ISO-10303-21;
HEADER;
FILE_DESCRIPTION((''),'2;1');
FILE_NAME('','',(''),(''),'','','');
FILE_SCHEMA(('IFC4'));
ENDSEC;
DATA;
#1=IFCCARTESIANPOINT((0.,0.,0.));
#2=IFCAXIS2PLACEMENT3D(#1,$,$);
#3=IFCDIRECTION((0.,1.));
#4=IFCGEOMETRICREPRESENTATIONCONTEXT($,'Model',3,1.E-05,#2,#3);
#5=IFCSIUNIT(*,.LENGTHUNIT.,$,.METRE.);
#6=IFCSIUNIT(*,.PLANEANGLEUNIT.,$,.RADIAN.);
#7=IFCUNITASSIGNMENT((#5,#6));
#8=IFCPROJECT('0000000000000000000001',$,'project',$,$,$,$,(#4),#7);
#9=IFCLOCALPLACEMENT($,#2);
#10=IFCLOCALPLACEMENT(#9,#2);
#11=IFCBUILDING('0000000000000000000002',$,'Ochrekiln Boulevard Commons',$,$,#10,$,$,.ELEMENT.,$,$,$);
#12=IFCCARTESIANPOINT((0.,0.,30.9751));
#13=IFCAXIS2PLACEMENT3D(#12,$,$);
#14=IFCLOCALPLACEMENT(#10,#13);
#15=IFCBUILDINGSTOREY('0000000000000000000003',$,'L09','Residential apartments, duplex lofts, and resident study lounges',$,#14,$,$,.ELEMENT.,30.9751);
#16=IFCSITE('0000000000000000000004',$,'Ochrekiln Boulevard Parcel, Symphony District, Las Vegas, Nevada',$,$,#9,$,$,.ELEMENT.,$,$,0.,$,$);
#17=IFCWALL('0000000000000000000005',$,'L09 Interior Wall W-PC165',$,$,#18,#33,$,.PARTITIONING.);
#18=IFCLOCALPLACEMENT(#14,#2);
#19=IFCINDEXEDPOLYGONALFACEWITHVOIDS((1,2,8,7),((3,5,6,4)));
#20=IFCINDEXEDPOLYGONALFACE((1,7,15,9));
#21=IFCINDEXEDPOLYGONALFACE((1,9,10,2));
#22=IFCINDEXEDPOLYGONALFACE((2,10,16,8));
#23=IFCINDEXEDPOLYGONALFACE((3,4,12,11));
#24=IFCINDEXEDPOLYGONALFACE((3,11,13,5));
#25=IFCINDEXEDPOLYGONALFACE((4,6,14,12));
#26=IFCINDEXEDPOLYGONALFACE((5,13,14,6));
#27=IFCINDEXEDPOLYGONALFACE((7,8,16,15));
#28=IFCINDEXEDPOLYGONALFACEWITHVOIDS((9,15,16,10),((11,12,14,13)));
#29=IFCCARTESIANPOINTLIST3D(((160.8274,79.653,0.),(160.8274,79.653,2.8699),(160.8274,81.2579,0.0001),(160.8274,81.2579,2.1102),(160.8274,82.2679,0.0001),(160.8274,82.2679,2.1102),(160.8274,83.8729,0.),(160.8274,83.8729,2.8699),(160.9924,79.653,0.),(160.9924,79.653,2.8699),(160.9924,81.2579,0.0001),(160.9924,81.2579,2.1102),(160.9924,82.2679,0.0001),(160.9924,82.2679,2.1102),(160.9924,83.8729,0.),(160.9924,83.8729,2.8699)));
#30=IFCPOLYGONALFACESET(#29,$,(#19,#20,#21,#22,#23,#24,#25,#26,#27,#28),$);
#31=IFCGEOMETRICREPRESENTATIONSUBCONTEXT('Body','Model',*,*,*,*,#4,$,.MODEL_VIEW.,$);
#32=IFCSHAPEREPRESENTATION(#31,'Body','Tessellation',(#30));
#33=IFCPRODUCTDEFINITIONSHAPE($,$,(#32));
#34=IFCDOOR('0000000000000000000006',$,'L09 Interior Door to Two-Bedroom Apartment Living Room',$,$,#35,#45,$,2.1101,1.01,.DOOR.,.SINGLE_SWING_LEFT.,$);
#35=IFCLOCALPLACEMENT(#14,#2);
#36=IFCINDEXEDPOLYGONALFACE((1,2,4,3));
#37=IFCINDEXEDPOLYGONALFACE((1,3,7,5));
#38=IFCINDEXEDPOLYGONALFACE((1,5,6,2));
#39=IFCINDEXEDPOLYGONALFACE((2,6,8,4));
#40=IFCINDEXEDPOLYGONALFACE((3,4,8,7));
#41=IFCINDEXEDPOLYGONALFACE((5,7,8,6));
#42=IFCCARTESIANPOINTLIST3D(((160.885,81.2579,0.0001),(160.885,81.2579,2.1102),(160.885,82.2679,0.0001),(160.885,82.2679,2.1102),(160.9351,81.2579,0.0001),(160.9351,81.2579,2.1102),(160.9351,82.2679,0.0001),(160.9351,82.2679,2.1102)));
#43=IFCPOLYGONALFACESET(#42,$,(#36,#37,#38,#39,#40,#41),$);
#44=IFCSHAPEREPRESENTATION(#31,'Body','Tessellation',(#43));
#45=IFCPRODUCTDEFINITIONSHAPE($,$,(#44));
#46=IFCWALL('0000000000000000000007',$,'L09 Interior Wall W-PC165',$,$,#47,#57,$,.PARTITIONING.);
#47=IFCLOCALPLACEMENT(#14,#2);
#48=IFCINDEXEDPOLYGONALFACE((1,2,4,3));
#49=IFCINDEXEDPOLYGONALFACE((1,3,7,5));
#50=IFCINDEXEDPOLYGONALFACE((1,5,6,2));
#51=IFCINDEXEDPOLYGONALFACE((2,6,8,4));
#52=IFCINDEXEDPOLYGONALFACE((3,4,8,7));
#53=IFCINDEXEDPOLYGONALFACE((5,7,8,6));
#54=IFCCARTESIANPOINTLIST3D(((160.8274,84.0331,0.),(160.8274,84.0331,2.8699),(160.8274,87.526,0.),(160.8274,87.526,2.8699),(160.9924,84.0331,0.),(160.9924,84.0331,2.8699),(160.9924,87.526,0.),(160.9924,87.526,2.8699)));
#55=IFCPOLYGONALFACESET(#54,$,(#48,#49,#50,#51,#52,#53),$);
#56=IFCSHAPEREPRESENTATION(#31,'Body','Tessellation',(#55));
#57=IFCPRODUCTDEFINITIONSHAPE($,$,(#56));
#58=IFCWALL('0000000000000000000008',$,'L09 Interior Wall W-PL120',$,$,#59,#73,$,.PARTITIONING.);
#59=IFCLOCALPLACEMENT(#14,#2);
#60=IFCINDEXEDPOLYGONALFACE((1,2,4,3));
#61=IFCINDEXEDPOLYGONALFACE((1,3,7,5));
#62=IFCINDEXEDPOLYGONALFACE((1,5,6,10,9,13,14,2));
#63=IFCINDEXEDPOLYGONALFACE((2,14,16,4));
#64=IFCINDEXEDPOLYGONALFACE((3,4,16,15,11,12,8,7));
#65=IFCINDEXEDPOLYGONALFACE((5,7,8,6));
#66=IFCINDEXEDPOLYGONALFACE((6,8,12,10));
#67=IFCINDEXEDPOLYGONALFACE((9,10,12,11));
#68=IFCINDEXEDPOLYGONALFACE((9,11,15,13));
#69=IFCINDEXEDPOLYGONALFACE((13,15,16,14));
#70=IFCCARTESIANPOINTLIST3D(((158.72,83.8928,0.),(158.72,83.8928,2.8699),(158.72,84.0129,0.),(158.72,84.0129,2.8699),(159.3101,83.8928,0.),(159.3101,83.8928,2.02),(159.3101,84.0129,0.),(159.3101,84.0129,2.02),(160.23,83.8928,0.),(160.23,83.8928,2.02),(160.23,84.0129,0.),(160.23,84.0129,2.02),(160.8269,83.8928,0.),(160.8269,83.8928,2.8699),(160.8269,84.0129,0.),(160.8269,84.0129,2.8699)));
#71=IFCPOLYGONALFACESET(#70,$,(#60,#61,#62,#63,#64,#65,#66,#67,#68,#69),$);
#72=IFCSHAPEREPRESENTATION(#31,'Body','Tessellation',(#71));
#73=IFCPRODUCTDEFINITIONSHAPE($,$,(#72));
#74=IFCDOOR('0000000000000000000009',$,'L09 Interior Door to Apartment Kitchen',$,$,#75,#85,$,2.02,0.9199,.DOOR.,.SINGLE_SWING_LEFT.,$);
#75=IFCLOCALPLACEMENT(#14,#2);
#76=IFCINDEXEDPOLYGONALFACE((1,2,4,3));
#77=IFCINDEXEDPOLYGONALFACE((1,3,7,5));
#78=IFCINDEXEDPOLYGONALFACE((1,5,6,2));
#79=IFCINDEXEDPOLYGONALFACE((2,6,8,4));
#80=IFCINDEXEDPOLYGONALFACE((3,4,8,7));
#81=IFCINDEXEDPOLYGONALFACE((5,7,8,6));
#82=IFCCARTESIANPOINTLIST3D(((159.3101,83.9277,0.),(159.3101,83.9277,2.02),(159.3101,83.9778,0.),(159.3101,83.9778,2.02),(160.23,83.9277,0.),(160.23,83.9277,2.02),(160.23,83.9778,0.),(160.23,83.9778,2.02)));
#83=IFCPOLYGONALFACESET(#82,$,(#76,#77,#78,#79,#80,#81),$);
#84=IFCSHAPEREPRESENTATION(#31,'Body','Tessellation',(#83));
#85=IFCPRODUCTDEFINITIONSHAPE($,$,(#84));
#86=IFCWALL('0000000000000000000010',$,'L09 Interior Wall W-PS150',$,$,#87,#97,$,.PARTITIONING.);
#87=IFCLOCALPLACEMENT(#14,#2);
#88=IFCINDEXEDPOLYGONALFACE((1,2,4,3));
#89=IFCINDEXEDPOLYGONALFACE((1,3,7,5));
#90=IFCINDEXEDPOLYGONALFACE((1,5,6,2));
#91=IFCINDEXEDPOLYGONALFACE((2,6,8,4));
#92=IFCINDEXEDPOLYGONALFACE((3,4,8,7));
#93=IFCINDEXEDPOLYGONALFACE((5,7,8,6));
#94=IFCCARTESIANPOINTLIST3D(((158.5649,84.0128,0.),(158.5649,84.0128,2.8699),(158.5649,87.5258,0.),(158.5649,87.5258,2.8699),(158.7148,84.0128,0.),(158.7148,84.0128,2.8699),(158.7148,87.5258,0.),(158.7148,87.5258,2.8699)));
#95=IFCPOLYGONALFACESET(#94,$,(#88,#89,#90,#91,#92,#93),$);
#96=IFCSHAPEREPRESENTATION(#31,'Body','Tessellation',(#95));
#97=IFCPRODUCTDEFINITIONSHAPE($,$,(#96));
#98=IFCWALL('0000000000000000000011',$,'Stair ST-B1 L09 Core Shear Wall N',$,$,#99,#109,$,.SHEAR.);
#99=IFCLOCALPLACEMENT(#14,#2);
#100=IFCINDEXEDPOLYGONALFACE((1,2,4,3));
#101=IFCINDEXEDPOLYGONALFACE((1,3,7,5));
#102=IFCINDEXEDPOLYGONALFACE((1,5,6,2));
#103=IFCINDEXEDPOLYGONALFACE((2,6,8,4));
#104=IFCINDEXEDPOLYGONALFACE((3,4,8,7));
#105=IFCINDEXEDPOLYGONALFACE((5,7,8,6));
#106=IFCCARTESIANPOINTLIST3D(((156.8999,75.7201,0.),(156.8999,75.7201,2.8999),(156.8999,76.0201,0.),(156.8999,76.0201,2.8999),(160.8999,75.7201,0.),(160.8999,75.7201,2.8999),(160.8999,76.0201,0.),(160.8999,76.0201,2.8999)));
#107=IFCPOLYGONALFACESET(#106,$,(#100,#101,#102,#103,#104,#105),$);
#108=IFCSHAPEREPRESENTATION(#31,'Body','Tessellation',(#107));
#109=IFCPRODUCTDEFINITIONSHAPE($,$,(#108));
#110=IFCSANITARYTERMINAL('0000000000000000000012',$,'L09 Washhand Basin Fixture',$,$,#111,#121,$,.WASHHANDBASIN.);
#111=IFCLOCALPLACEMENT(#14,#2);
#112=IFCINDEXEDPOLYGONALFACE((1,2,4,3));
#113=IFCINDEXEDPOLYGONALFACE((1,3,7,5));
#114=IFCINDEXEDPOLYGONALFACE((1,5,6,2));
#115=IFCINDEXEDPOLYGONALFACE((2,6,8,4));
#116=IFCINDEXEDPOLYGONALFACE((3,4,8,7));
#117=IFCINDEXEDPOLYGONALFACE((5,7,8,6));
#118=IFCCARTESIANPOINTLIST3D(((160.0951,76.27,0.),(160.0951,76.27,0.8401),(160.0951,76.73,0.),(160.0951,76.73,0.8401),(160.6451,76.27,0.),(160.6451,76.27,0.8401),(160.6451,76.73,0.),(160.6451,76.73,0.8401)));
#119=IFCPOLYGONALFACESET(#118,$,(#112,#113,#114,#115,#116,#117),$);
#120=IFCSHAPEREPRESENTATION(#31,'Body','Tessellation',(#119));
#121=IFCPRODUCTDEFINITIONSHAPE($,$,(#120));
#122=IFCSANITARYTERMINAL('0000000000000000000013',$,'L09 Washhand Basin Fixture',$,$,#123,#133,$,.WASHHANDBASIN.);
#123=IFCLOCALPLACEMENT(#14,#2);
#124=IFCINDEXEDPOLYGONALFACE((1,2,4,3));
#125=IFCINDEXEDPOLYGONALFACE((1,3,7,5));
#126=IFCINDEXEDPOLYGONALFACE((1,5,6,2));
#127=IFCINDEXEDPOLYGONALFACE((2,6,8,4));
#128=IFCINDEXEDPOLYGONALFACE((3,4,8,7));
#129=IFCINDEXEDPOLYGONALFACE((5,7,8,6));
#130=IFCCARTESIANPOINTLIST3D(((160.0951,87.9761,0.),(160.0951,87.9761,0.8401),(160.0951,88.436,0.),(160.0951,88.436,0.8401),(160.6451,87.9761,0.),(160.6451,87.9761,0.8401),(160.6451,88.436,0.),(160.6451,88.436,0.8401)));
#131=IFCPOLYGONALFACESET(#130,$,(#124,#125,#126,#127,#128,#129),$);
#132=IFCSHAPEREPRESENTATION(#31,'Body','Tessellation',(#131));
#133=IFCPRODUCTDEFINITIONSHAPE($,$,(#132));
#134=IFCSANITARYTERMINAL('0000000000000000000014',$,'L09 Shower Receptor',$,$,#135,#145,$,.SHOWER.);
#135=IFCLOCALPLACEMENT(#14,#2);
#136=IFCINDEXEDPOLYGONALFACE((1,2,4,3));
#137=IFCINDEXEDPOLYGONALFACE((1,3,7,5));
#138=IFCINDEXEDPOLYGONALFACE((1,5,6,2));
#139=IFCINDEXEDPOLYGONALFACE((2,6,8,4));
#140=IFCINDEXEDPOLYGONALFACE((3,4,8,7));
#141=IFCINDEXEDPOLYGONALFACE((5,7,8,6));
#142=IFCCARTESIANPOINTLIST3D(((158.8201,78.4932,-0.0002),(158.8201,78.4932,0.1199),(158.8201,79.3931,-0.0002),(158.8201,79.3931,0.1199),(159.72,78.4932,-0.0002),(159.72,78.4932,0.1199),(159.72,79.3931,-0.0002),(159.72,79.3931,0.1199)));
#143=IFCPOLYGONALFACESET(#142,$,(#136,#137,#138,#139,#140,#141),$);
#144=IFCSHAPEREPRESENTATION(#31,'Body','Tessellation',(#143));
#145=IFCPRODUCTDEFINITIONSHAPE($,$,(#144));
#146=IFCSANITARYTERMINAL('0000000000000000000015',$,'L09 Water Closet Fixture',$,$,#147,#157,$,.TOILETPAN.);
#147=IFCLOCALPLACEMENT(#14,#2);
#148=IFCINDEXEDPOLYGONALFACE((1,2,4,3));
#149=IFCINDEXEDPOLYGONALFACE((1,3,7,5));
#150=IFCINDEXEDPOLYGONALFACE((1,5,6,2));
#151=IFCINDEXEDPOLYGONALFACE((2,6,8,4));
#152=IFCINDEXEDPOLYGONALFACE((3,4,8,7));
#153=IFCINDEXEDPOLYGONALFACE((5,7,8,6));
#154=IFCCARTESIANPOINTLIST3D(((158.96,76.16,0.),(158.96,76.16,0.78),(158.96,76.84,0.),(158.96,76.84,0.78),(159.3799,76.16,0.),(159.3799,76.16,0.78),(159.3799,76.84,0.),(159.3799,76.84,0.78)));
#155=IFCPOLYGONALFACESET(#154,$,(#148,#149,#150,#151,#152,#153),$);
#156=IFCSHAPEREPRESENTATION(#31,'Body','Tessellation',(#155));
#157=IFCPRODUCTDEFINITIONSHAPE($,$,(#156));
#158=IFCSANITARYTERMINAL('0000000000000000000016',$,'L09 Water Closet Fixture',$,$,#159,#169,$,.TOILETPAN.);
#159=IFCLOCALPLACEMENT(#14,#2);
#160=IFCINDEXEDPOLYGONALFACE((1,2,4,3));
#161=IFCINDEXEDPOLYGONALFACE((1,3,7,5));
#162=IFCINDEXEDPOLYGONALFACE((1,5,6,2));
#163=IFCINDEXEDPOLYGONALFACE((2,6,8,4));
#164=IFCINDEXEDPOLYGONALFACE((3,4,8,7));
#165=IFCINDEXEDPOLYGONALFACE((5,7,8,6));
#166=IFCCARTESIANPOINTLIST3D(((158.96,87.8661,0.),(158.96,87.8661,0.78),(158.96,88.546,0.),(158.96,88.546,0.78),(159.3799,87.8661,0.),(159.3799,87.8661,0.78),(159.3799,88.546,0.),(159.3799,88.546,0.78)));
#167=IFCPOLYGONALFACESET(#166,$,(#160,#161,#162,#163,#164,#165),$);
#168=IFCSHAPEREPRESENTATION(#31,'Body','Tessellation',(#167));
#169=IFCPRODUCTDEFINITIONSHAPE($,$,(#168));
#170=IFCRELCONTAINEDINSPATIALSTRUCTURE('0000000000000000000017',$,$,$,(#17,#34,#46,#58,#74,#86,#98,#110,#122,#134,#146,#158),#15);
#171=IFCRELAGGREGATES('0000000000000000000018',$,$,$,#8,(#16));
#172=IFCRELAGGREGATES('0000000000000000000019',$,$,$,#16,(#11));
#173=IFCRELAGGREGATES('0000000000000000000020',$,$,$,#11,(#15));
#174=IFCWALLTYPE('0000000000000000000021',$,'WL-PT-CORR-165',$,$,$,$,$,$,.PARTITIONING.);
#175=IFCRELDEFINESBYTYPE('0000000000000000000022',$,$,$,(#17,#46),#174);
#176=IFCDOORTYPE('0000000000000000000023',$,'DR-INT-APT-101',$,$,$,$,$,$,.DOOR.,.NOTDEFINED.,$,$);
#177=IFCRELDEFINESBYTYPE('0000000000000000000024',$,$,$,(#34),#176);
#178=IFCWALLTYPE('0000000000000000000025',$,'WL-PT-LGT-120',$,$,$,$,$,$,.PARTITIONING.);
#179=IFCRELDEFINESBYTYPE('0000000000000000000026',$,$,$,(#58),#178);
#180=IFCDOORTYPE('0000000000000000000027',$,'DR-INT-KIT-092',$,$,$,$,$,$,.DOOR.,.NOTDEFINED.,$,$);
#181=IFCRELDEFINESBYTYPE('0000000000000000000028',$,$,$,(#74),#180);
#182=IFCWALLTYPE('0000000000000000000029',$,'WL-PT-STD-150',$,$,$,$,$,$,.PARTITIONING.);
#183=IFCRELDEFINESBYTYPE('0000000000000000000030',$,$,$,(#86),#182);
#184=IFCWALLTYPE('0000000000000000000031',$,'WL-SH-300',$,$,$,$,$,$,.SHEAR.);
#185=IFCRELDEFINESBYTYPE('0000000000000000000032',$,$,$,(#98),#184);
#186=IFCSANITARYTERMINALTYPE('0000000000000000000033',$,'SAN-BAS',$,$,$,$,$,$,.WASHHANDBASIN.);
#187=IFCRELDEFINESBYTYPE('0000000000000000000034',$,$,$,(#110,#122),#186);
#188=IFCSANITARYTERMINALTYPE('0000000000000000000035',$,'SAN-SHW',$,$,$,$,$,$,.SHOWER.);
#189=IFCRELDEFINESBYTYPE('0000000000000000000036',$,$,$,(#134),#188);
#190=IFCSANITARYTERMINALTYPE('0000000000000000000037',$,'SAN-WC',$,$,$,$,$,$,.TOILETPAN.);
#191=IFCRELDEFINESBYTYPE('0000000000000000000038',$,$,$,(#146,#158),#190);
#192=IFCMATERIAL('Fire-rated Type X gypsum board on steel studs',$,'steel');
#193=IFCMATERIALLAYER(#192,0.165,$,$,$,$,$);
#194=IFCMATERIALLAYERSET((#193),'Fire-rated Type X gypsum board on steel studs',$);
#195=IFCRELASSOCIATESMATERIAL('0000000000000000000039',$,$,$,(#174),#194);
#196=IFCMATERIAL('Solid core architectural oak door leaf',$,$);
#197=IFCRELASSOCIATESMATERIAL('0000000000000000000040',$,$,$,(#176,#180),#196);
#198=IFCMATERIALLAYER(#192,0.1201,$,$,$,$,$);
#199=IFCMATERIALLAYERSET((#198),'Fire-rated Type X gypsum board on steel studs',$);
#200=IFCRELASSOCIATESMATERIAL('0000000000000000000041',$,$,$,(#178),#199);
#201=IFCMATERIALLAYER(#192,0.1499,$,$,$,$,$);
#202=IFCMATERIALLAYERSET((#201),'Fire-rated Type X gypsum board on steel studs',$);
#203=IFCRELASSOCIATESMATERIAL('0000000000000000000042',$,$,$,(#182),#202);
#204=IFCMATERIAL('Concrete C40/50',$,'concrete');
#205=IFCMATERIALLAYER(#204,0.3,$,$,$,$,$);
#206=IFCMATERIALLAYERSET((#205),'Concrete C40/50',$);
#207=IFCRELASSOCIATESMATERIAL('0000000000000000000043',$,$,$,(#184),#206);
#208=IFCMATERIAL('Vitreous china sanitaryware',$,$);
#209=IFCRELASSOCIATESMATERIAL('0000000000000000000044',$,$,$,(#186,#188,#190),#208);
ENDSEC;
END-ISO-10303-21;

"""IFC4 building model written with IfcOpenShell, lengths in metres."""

from ifc_helpers import new_model, si_unit, direction, frame, frame_2d, origin, origin_2d, place, context, subcontext, project, spatial, rectangle, extrude, material, layer, layer_set, type_object, element, fill, save


model = new_model("IFC4")

# Units and contexts
model_context = context("Model", 3, precision=1e-05, world=origin(), true_north=direction((0.0, 1.0)))
body_context = subcontext(model_context, "Body", "Model", "MODEL_VIEW")
ifc_project = project(units=[si_unit("LENGTHUNIT", "METRE"), si_unit("PLANEANGLEUNIT", "RADIAN")], contexts=[model_context])

# Site, building, storey
site_placement = place(None, origin())
site = spatial("IfcSite", under=ifc_project, at=site_placement, Name="Ochrekiln Boulevard Parcel, Symphony District, Las Vegas, Nevada", CompositionType="ELEMENT", RefElevation=0.0)
building_placement = place(site_placement, origin())
building = spatial("IfcBuilding", under=site, at=building_placement, Name="Ochrekiln Boulevard Commons", CompositionType="ELEMENT")
storey_placement = place(building_placement, frame((0.0, 0.0, 30.9751)))
storey = spatial("IfcBuildingStorey", under=building, at=storey_placement, Name="L09", Description="Residential apartments, duplex lofts, and resident study lounges", CompositionType="ELEMENT", Elevation=30.9751)

# Shared definitions
ifc_material_1 = material(Name="Concrete C40/50", Category="concrete")

# Shared definitions
ifc_material_2 = material(Name="Solid core architectural oak door leaf")

# Wall, opening, door
ifc_material_3 = material(Name="Fire-rated Type X gypsum board on steel studs", Category="steel")
ifc_layer_1 = layer(ifc_material_3, 0.165)
ifc_layer_set_1 = layer_set([ifc_layer_1], Name="Fire-rated Type X gypsum board on steel studs")
wall_type_1 = type_object("IfcWallType", Name="WL-PT-CORR-165", PredefinedType="PARTITIONING", material=ifc_layer_set_1)
wall_1_placement = place(storey_placement, frame((160.9099, 79.6531, 0.0), z_axis=(0.0, 0.0, 1.0), x_axis=(0.0, 1.0, 0.0)))
wall_1 = element("IfcWall", 1, at=wall_1_placement, inside=storey, type_object=wall_type_1, Name="L09 Interior Wall W-PC165", PredefinedType="PARTITIONING", context=body_context, shape_type="SweptSolid", body=[
    extrude(rectangle(XDim=4.22, YDim=0.165, at=frame_2d((2.1099, 0.0))), origin(), (0.0, 0.0, 1.0), 2.8699),
])
opening_1_placement = place(wall_1_placement, frame((1.605, 0.0, 0.0)))
opening_1 = element("IfcOpeningElement", 2, at=opening_1_placement, cuts=wall_1, PredefinedType="OPENING", context=body_context, shape_type="SweptSolid", body=[
    extrude(rectangle(XDim=1.01, YDim=2.1101, at=frame_2d((0.5049, 1.0552))), frame((0.0, 0.0925, 0.0), z_axis=(0.0, -1.0, 0.0), x_axis=(1.0, 0.0, 0.0)), (0.0, 0.0, 1.0), 0.1851),
])
door_type_1 = type_object("IfcDoorType", Name="DR-INT-APT-101", OperationType="NOTDEFINED", PredefinedType="DOOR", material=ifc_material_2)
door_1_placement = place(opening_1_placement, origin())
door_1 = element("IfcDoor", 3, at=door_1_placement, inside=storey, type_object=door_type_1, Name="L09 Interior Door to Two-Bedroom Apartment Living Room", OperationType="SINGLE_SWING_LEFT", OverallHeight=2.1101, OverallWidth=1.01, PredefinedType="DOOR", context=body_context, shape_type="SweptSolid", body=[
    extrude(rectangle(XDim=1.01, YDim=2.1101, at=frame_2d((0.5049, 1.0552))), frame((0.0, 0.0249, 0.0), z_axis=(0.0, -1.0, 0.0), x_axis=(1.0, 0.0, 0.0)), (0.0, 0.0, 1.0), 0.05),
])
fill(opening_1, door_1)

# Wall
wall_2_placement = place(storey_placement, frame((160.9099, 84.033, 0.0), z_axis=(0.0, 0.0, 1.0), x_axis=(0.0, 1.0, 0.0)))
element("IfcWall", 4, at=wall_2_placement, inside=storey, type_object=wall_type_1, Name="L09 Interior Wall W-PC165", PredefinedType="PARTITIONING", context=body_context, shape_type="SweptSolid", body=[
    extrude(rectangle(XDim=3.4929, YDim=0.165, at=frame_2d((1.7466, 0.0))), origin(), (0.0, 0.0, 1.0), 2.8699),
])

# Wall, opening, door
ifc_layer_2 = layer(ifc_material_3, 0.1201)
ifc_layer_set_2 = layer_set([ifc_layer_2], Name="Fire-rated Type X gypsum board on steel studs")
wall_type_2 = type_object("IfcWallType", Name="WL-PT-LGT-120", PredefinedType="PARTITIONING", material=ifc_layer_set_2)
wall_3_placement = place(storey_placement, frame((158.72, 83.9529, 0.0), z_axis=(0.0, 0.0, 1.0), x_axis=(1.0, 0.0, 0.0)))
wall_3 = element("IfcWall", 5, at=wall_3_placement, inside=storey, type_object=wall_type_2, Name="L09 Interior Wall W-PL120", PredefinedType="PARTITIONING", context=body_context, shape_type="SweptSolid", body=[
    extrude(rectangle(XDim=2.1069, YDim=0.1201, at=frame_2d((1.0535, 0.0))), origin(), (0.0, 0.0, 1.0), 2.8699),
])
opening_2_placement = place(wall_3_placement, frame((0.5901, 0.0, 0.0)))
opening_2 = element("IfcOpeningElement", 6, at=opening_2_placement, cuts=wall_3, PredefinedType="OPENING", context=body_context, shape_type="SweptSolid", body=[
    extrude(rectangle(XDim=0.9199, YDim=2.02, at=frame_2d((0.46, 1.01))), frame((0.0, 0.0701, 0.0), z_axis=(0.0, -1.0, 0.0), x_axis=(1.0, 0.0, 0.0)), (0.0, 0.0, 1.0), 0.1401),
])
door_type_2 = type_object("IfcDoorType", Name="DR-INT-KIT-092", OperationType="NOTDEFINED", PredefinedType="DOOR", material=ifc_material_2)
door_2_placement = place(opening_2_placement, origin())
door_2 = element("IfcDoor", 7, at=door_2_placement, inside=storey, type_object=door_type_2, Name="L09 Interior Door to Apartment Kitchen", OperationType="SINGLE_SWING_LEFT", OverallHeight=2.02, OverallWidth=0.9199, PredefinedType="DOOR", context=body_context, shape_type="SweptSolid", body=[
    extrude(rectangle(XDim=0.9199, YDim=2.02, at=frame_2d((0.46, 1.01))), frame((0.0, 0.0249, 0.0), z_axis=(0.0, -1.0, 0.0), x_axis=(1.0, 0.0, 0.0)), (0.0, 0.0, 1.0), 0.05),
])
fill(opening_2, door_2)

# Walls
ifc_layer_3 = layer(ifc_material_3, 0.1499)
ifc_layer_set_3 = layer_set([ifc_layer_3], Name="Fire-rated Type X gypsum board on steel studs")
wall_type_3 = type_object("IfcWallType", Name="WL-PT-STD-150", PredefinedType="PARTITIONING", material=ifc_layer_set_3)
wall_4_placement = place(storey_placement, frame((158.6399, 84.0129, 0.0), z_axis=(0.0, 0.0, 1.0), x_axis=(0.0, 1.0, 0.0)))
element("IfcWall", 8, at=wall_4_placement, inside=storey, type_object=wall_type_3, Name="L09 Interior Wall W-PS150", PredefinedType="PARTITIONING", context=body_context, shape_type="SweptSolid", body=[
    extrude(rectangle(XDim=3.5129, YDim=0.1499, at=frame_2d((1.7563, 0.0))), origin(), (0.0, 0.0, 1.0), 2.8699),
])
ifc_layer_4 = layer(ifc_material_1, 0.3)
ifc_layer_set_4 = layer_set([ifc_layer_4], Name="Concrete C40/50")
wall_type_4 = type_object("IfcWallType", Name="WL-SH-300", PredefinedType="SHEAR", material=ifc_layer_set_4)
wall_5_placement = place(storey_placement, frame((156.8999, 75.8701, 0.0), z_axis=(0.0, 0.0, 1.0), x_axis=(1.0, 0.0, 0.0)))
element("IfcWall", 9, at=wall_5_placement, inside=storey, type_object=wall_type_4, Name="Stair ST-B1 L09 Core Shear Wall N", PredefinedType="SHEAR", context=body_context, shape_type="SweptSolid", body=[
    extrude(rectangle(XDim=4.0, YDim=0.3, at=frame_2d((2.0, 0.0))), origin(), (0.0, 0.0, 1.0), 2.8999),
])

# Sanitary terminals
ifc_material_4 = material(Name="Vitreous china sanitaryware")
sanitary_terminal_type_1 = type_object("IfcSanitaryTerminalType", Name="SAN-BAS", PredefinedType="WASHHANDBASIN", material=ifc_material_4)
for number, where, z_axis, x_axis, name in (
    (10, (160.3701, 76.5, 0.0), (0.0, 0.0, 1.0), (1.0, 0.0, 0.0), "L09 Washhand Basin Fixture"),
    (11, (160.3701, 88.2061, 0.0), (0.0, 0.0, 1.0), (1.0, 0.0, 0.0), "L09 Washhand Basin Fixture"),
):
    element("IfcSanitaryTerminal", number, at=place(storey_placement, frame(where, z_axis=z_axis, x_axis=x_axis)), inside=storey, type_object=sanitary_terminal_type_1, Name=name, PredefinedType="WASHHANDBASIN", context=body_context, shape_type="SweptSolid", body=[
        extrude(rectangle(XDim=0.55, YDim=0.46, at=origin_2d()), origin(), (0.0, 0.0, 1.0), 0.8401),
    ])
sanitary_terminal_type_2 = type_object("IfcSanitaryTerminalType", Name="SAN-SHW", PredefinedType="SHOWER", material=ifc_material_4)
sanitary_terminal_placement = place(storey_placement, frame((159.27, 78.9431, -0.0002), z_axis=(0.0, 0.0, 1.0), x_axis=(1.0, 0.0, 0.0)))
element("IfcSanitaryTerminal", 12, at=sanitary_terminal_placement, inside=storey, type_object=sanitary_terminal_type_2, Name="L09 Shower Receptor", PredefinedType="SHOWER", context=body_context, shape_type="SweptSolid", body=[
    extrude(rectangle(XDim=0.8999, YDim=0.8999, at=origin_2d()), origin(), (0.0, 0.0, 1.0), 0.1201),
])
sanitary_terminal_type_3 = type_object("IfcSanitaryTerminalType", Name="SAN-WC", PredefinedType="TOILETPAN", material=ifc_material_4)
for number, where, z_axis, x_axis, name in (
    (13, (159.1699, 76.5, 0.0), (0.0, 0.0, 1.0), (1.0, 0.0, 0.0), "L09 Water Closet Fixture"),
    (14, (159.1699, 88.2061, 0.0), (0.0, 0.0, 1.0), (1.0, 0.0, 0.0), "L09 Water Closet Fixture"),
):
    element("IfcSanitaryTerminal", number, at=place(storey_placement, frame(where, z_axis=z_axis, x_axis=x_axis)), inside=storey, type_object=sanitary_terminal_type_3, Name=name, PredefinedType="TOILETPAN", context=body_context, shape_type="SweptSolid", body=[
        extrude(rectangle(XDim=0.4199, YDim=0.6799, at=origin_2d()), origin(), (0.0, 0.0, 1.0), 0.78),
    ])

save(model, "model.ifc")
